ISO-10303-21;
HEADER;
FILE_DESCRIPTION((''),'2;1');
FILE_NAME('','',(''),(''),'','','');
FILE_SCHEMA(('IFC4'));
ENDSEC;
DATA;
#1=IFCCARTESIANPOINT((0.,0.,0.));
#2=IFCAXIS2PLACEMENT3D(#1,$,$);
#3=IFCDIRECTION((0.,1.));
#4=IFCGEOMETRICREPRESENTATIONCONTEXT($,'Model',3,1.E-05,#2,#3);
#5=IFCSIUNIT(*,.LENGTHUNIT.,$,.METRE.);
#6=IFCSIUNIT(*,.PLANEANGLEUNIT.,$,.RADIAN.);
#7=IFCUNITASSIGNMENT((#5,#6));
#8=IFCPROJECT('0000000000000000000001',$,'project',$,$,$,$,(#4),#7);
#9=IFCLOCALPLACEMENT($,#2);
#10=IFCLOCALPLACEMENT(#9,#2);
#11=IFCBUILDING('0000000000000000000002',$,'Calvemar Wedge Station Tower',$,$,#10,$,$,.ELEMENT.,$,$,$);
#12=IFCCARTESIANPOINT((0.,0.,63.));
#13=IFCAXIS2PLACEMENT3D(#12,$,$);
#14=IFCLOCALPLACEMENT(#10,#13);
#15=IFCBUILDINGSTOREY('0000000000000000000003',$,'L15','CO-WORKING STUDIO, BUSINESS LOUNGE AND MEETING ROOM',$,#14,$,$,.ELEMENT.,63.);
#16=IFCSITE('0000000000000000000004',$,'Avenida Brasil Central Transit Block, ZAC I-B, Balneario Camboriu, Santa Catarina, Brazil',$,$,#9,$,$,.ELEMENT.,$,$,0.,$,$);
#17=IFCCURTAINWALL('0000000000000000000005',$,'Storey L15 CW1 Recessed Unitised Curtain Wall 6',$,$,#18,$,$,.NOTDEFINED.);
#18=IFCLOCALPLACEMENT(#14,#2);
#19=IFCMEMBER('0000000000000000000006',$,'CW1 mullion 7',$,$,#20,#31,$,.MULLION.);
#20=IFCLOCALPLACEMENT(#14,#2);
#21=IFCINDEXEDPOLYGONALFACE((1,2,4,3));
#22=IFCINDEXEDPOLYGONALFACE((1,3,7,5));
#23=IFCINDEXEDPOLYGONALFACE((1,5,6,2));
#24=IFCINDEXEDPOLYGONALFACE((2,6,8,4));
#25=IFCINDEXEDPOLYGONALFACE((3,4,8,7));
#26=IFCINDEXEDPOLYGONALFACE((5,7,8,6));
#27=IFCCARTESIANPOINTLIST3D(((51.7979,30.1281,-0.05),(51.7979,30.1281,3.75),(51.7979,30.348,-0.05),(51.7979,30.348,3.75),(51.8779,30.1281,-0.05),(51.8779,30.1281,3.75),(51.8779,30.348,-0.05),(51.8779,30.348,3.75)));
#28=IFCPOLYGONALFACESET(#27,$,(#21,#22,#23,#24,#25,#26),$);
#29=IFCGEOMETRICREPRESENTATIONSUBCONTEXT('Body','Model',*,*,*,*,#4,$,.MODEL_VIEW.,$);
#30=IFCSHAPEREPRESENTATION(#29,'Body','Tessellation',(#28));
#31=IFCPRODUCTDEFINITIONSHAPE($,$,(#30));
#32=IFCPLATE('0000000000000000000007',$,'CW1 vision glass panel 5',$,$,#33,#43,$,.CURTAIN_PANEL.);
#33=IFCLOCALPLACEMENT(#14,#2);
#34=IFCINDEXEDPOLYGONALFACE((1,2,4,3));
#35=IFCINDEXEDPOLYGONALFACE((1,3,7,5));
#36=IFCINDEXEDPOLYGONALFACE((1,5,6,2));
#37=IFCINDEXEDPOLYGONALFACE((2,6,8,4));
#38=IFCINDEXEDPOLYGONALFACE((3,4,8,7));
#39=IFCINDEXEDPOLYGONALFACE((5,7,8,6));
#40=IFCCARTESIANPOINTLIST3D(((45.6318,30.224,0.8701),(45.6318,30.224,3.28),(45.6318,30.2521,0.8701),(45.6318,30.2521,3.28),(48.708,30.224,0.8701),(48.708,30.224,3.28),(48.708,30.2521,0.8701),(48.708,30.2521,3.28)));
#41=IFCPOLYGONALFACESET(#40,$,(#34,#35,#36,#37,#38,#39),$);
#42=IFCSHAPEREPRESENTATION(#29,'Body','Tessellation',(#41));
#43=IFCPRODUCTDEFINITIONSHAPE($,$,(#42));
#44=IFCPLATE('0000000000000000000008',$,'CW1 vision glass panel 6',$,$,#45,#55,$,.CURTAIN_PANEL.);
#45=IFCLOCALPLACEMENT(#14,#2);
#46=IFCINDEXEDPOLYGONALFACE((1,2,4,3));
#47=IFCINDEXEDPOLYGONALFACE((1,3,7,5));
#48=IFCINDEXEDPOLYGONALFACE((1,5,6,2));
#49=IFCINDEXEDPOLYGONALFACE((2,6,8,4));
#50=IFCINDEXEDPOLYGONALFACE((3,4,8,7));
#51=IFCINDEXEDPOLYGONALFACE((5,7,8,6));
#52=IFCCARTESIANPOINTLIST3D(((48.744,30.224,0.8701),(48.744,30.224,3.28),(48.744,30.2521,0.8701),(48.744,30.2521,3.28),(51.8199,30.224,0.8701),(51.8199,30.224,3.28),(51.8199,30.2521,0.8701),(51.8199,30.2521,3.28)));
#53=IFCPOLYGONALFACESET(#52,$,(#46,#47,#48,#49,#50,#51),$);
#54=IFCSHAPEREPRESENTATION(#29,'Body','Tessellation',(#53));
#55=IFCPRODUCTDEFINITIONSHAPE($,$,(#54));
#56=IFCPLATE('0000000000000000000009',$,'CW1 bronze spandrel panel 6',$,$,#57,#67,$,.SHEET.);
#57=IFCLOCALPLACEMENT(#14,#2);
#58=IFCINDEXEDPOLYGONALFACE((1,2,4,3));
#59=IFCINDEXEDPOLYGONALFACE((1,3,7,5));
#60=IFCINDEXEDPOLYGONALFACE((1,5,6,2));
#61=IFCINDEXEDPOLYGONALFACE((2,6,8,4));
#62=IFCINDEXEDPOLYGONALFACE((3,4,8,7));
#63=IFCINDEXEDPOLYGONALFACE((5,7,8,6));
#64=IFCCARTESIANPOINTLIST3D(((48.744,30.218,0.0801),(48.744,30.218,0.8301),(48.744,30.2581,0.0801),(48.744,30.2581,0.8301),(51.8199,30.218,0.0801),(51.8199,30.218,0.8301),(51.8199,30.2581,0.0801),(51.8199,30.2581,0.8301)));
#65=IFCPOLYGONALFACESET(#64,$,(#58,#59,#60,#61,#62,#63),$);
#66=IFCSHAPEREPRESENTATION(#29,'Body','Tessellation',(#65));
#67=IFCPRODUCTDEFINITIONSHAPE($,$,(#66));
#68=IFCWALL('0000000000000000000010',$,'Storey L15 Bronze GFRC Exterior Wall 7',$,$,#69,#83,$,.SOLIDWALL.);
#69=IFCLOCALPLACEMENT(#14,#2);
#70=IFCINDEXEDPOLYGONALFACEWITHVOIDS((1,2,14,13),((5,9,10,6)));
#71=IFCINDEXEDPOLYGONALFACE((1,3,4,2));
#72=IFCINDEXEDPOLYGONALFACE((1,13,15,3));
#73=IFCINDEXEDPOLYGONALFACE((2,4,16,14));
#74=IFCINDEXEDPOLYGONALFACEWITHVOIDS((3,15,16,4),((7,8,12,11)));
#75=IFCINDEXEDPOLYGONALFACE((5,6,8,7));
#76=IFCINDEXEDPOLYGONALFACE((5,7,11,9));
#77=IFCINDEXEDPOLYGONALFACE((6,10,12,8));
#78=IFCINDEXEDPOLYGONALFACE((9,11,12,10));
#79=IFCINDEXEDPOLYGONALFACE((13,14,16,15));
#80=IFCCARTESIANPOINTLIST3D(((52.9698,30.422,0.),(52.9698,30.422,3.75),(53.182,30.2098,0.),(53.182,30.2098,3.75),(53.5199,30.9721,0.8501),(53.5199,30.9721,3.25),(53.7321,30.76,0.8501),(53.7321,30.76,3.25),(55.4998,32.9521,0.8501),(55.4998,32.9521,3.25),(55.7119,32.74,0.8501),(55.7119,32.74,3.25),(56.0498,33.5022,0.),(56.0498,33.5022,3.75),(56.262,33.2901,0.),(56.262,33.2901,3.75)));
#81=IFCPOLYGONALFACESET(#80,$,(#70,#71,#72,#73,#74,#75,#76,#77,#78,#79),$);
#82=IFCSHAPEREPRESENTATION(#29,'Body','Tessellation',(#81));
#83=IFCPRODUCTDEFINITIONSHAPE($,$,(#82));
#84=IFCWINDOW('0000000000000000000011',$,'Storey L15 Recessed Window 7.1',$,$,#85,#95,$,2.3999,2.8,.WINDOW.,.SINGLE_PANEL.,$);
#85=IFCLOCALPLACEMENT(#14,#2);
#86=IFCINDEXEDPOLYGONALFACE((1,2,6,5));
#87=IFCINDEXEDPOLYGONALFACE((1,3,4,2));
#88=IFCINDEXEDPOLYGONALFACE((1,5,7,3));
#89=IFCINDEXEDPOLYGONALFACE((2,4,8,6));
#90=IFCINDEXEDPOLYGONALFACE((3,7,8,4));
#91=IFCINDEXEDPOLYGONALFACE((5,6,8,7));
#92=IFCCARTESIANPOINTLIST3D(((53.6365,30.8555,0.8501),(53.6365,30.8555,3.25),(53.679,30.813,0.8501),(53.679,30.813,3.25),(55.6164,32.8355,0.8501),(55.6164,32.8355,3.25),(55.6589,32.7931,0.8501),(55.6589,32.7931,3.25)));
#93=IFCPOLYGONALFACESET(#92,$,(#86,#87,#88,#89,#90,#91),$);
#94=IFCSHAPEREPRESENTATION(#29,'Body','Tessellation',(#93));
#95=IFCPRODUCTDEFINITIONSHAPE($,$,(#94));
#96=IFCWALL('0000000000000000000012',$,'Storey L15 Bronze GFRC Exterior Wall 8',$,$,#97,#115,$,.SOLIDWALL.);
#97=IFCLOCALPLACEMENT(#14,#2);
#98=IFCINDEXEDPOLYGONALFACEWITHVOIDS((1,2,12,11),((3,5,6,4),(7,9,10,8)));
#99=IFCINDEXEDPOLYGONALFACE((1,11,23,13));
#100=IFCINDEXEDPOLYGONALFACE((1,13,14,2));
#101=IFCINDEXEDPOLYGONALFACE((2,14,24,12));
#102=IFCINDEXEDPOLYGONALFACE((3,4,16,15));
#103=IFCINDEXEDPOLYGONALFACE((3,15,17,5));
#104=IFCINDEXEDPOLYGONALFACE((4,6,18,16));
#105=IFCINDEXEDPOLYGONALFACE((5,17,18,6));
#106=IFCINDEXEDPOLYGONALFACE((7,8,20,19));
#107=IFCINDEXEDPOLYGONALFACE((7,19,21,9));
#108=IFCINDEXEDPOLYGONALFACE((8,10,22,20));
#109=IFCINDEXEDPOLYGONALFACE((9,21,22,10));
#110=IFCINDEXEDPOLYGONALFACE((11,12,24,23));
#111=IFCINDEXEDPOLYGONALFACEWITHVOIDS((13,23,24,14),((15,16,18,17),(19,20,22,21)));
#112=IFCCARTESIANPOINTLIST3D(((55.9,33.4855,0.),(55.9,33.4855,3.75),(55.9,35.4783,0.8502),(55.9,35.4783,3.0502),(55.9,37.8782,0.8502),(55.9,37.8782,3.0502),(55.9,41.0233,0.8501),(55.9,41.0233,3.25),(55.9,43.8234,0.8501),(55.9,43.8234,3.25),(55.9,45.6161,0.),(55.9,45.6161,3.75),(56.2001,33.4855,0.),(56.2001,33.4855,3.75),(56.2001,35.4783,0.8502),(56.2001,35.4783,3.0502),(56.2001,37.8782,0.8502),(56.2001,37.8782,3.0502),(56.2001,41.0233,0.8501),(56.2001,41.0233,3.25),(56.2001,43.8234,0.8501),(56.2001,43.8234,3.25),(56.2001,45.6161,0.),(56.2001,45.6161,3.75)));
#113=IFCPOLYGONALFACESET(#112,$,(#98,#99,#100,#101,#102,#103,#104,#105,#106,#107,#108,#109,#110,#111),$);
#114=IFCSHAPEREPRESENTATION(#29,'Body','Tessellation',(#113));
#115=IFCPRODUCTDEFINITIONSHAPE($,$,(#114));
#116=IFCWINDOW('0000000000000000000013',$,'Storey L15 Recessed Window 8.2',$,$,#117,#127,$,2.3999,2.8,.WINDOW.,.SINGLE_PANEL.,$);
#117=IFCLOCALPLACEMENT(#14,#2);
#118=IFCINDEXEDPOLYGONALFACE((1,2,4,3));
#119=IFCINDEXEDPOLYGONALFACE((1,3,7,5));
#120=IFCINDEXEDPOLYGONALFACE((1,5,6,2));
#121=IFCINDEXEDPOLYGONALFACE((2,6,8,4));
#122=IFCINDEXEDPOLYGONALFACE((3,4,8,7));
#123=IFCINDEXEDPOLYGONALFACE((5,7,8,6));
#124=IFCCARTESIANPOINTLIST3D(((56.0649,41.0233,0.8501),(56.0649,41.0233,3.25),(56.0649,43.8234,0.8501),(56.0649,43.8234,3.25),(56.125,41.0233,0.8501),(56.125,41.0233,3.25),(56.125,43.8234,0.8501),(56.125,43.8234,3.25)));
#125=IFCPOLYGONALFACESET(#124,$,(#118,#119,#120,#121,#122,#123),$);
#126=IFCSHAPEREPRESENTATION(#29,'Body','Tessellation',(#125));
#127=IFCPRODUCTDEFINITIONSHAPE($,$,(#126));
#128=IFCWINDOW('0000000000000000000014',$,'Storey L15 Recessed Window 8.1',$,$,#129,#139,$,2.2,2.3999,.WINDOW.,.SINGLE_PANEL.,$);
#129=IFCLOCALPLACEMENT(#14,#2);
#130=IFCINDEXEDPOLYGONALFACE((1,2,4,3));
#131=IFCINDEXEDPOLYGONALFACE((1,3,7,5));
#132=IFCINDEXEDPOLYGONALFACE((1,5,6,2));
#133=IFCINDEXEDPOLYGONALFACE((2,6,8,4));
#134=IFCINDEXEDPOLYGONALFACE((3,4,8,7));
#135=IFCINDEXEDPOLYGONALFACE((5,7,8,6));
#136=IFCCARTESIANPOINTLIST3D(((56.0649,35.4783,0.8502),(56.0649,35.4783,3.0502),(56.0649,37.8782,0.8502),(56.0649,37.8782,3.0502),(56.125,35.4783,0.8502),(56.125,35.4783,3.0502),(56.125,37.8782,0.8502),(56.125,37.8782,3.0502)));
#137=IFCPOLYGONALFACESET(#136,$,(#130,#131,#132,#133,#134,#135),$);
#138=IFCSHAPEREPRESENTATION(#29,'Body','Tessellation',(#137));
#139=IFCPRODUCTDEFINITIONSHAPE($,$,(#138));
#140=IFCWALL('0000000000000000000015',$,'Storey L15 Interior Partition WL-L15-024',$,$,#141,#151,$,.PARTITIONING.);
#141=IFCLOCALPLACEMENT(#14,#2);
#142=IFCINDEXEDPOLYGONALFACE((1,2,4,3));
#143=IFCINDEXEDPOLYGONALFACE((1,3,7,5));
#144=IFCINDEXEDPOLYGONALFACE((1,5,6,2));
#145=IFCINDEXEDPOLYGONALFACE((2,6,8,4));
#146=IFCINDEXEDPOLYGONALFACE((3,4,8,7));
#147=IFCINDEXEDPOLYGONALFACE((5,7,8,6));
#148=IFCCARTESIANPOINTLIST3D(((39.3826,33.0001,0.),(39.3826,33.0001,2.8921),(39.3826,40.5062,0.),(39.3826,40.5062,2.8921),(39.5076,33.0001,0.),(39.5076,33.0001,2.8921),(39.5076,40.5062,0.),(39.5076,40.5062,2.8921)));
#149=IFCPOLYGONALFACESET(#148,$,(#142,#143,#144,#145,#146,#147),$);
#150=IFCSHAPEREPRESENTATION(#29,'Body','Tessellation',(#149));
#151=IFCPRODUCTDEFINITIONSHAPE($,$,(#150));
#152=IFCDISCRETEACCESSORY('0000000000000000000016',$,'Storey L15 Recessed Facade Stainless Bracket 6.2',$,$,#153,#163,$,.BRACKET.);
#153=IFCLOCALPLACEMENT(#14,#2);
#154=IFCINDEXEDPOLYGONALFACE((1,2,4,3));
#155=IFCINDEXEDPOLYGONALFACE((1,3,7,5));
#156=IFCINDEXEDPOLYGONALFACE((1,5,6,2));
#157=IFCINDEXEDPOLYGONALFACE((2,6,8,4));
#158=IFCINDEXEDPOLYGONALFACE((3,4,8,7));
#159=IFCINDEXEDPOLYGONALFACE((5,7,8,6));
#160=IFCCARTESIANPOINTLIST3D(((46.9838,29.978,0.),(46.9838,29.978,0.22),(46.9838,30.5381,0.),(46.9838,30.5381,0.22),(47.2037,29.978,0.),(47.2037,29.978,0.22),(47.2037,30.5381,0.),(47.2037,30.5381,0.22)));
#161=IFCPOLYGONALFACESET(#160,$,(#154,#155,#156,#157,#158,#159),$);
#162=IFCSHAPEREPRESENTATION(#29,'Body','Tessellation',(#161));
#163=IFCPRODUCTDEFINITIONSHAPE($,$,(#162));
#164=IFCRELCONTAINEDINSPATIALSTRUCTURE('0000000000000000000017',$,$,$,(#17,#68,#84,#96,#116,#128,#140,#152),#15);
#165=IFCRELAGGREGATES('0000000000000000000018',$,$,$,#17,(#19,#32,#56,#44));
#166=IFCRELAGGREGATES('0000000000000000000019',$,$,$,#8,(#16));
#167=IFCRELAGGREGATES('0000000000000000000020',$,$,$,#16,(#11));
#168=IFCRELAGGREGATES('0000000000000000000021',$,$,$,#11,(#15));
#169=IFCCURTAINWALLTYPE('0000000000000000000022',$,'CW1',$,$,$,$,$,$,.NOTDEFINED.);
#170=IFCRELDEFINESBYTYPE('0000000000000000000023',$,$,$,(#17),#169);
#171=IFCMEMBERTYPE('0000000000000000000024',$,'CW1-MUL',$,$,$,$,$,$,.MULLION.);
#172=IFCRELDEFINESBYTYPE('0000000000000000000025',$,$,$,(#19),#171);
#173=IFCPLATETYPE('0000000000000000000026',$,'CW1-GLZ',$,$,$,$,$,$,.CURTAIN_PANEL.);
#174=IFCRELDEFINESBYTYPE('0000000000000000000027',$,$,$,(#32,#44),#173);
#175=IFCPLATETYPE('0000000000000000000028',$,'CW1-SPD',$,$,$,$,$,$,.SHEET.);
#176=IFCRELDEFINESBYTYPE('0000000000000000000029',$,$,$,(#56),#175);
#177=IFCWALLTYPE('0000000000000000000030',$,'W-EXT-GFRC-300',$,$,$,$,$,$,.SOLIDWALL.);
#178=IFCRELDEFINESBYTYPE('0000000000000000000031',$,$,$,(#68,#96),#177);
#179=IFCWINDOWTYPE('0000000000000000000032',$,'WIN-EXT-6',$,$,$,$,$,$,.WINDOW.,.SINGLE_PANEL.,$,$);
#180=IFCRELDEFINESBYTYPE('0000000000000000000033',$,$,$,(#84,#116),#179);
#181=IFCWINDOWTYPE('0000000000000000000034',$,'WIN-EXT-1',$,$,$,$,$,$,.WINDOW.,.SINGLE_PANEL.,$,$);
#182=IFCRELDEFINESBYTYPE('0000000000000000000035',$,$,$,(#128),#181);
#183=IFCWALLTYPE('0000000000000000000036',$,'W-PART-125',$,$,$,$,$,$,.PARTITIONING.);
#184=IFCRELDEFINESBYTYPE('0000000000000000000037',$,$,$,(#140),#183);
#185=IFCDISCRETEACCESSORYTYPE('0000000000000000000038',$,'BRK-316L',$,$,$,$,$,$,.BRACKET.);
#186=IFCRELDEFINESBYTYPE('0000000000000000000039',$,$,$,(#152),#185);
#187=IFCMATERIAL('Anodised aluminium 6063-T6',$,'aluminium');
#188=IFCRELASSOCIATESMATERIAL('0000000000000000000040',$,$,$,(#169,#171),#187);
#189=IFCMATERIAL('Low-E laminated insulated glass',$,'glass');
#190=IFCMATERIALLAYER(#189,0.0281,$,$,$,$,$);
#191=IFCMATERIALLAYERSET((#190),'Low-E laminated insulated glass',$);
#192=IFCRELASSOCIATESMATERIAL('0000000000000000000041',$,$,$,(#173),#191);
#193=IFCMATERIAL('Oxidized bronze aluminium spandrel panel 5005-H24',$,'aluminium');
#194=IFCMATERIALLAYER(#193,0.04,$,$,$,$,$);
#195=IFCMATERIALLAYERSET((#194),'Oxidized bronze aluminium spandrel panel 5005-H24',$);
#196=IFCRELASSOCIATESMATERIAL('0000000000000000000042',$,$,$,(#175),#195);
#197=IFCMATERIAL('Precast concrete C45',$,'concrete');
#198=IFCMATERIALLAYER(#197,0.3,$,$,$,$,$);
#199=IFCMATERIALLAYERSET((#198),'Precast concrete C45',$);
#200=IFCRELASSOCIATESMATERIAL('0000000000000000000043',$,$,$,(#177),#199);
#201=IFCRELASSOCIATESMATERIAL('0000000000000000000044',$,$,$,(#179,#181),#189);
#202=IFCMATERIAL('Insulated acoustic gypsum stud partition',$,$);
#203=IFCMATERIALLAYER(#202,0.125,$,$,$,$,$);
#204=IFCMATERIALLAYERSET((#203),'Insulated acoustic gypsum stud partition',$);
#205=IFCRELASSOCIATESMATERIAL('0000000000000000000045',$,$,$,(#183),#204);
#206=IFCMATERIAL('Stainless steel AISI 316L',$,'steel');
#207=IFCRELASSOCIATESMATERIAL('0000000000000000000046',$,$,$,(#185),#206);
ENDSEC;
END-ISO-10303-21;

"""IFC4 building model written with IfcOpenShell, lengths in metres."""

from ifc_helpers import new_model, si_unit, direction, frame, frame_2d, origin, origin_2d, place, context, subcontext, project, spatial, rectangle, extrude, source, transform, mapped, material, layer, layer_set, material_profile, profile_set, type_object, element, fill, aggregate, save


model = new_model("IFC4")

# Units and contexts
model_context = context("Model", 3, precision=1e-05, world=origin(), true_north=direction((0.0, 1.0)))
body_context = subcontext(model_context, "Body", "Model", "MODEL_VIEW")
ifc_project = project(units=[si_unit("LENGTHUNIT", "METRE"), si_unit("PLANEANGLEUNIT", "RADIAN")], contexts=[model_context])

# Site, building, storey
site_placement = place(None, origin())
site = spatial("IfcSite", under=ifc_project, at=site_placement, Name="Avenida Brasil Central Transit Block, ZAC I-B, Balneario Camboriu, Santa Catarina, Brazil", CompositionType="ELEMENT", RefElevation=0.0)
building_placement = place(site_placement, origin())
building = spatial("IfcBuilding", under=site, at=building_placement, Name="Calvemar Wedge Station Tower", CompositionType="ELEMENT")
storey_placement = place(building_placement, frame((0.0, 0.0, 63.0)))
storey = spatial("IfcBuildingStorey", under=building, at=storey_placement, Name="L15", Description="CO-WORKING STUDIO, BUSINESS LOUNGE AND MEETING ROOM", CompositionType="ELEMENT", Elevation=63.0)

# Curtain wall, member, plates
ifc_material_1 = material(Name="Anodised aluminium 6063-T6", Category="aluminium")
curtain_wall_type = type_object("IfcCurtainWallType", Name="CW1", PredefinedType="NOTDEFINED", material=ifc_material_1)
curtain_wall_placement = place(storey_placement, origin())
curtain_wall = element("IfcCurtainWall", 1, at=curtain_wall_placement, inside=storey, type_object=curtain_wall_type, Name="Storey L15 CW1 Recessed Unitised Curtain Wall 6", PredefinedType="NOTDEFINED")
ifc_material_profile_1 = material_profile(ifc_material_1, rectangle(XDim=0.0801, YDim=0.22, at=origin_2d()), Name="AL-MUL-80x220")
ifc_profile_set_1 = profile_set([ifc_material_profile_1], Name="Anodised aluminium 6063-T6")
member_type = type_object("IfcMemberType", Name="CW1-MUL", PredefinedType="MULLION", material=ifc_profile_set_1)
shared_shape_1 = source(origin(), body_context, "Body", "SweptSolid", [
    extrude(rectangle(XDim=0.0801, YDim=0.22, at=origin_2d()), origin(), (0.0, 0.0, 1.0), 3.8),
])
member_1_placement = place(storey_placement, frame((51.8379, 30.238, -0.05), z_axis=(0.0, 0.0, 1.0), x_axis=(1.0, 0.0, 0.0)))
member_1 = element("IfcMember", 2, at=member_1_placement, type_object=member_type, Name="CW1 mullion 7", PredefinedType="MULLION", context=body_context, shape_type="MappedRepresentation", body=[
    mapped(shared_shape_1, transform((0.0, 0.0, 0.0), scale=1.0)),
])
ifc_material_2 = material(Name="Low-E laminated insulated glass", Category="glass")
ifc_layer_1 = layer(ifc_material_2, 0.0281)
ifc_layer_set_1 = layer_set([ifc_layer_1], Name="Low-E laminated insulated glass")
plate_type_1 = type_object("IfcPlateType", Name="CW1-GLZ", PredefinedType="CURTAIN_PANEL", material=ifc_layer_set_1)
plate_1_placement = place(storey_placement, frame((45.6318, 30.238, 0.8701), z_axis=(0.0, 0.0, 1.0), x_axis=(1.0, 0.0, 0.0)))
plate_1 = element("IfcPlate", 3, at=plate_1_placement, type_object=plate_type_1, Name="CW1 vision glass panel 5", PredefinedType="CURTAIN_PANEL", context=body_context, shape_type="SweptSolid", body=[
    extrude(rectangle(XDim=3.0762, YDim=0.0281, at=frame_2d((1.5381, 0.0))), origin(), (0.0, 0.0, 1.0), 2.4099),
])
plate_2_placement = place(storey_placement, frame((48.7439, 30.238, 0.8701), z_axis=(0.0, 0.0, 1.0), x_axis=(1.0, 0.0, 0.0)))
plate_2 = element("IfcPlate", 4, at=plate_2_placement, type_object=plate_type_1, Name="CW1 vision glass panel 6", PredefinedType="CURTAIN_PANEL", context=body_context, shape_type="SweptSolid", body=[
    extrude(rectangle(XDim=3.0759, YDim=0.0281, at=frame_2d((1.5381, 0.0))), origin(), (0.0, 0.0, 1.0), 2.4099),
])
ifc_material_3 = material(Name="Oxidized bronze aluminium spandrel panel 5005-H24", Category="aluminium")
ifc_layer_2 = layer(ifc_material_3, 0.04)
ifc_layer_set_2 = layer_set([ifc_layer_2], Name="Oxidized bronze aluminium spandrel panel 5005-H24")
plate_type_2 = type_object("IfcPlateType", Name="CW1-SPD", PredefinedType="SHEET", material=ifc_layer_set_2)
plate_3_placement = place(storey_placement, frame((48.7439, 30.238, 0.0801), z_axis=(0.0, 0.0, 1.0), x_axis=(1.0, 0.0, 0.0)))
plate_3 = element("IfcPlate", 5, at=plate_3_placement, type_object=plate_type_2, Name="CW1 bronze spandrel panel 6", PredefinedType="SHEET", context=body_context, shape_type="SweptSolid", body=[
    extrude(rectangle(XDim=3.0759, YDim=0.04, at=frame_2d((1.5381, 0.0))), origin(), (0.0, 0.0, 1.0), 0.75),
])
aggregate(curtain_wall, [member_1, plate_1, plate_3, plate_2])

# Wall, opening, window
ifc_material_4 = material(Name="Precast concrete C45", Category="concrete")
ifc_layer_3 = layer(ifc_material_4, 0.3)
ifc_layer_set_3 = layer_set([ifc_layer_3], Name="Precast concrete C45")
wall_type_1 = type_object("IfcWallType", Name="W-EXT-GFRC-300", PredefinedType="SOLIDWALL", material=ifc_layer_set_3)
wall_1_placement = place(storey_placement, frame((53.0759, 30.3159, 0.0), z_axis=(0.0, 0.0, 1.0), x_axis=(0.707079, 0.707135, 0.0)))
wall_1 = element("IfcWall", 6, at=wall_1_placement, inside=storey, type_object=wall_type_1, Name="Storey L15 Bronze GFRC Exterior Wall 7", PredefinedType="SOLIDWALL", context=body_context, shape_type="SweptSolid", body=[
    extrude(rectangle(XDim=4.356, YDim=0.3, at=frame_2d((2.178, 0.0))), origin(), (0.0, 0.0, 1.0), 3.75),
])
shared_shape_2 = source(origin(), body_context, "Body", "SweptSolid", [
    extrude(rectangle(XDim=2.8, YDim=2.3999, at=frame_2d((1.3999, 1.2))), frame((0.0, 0.1602, 0.0), z_axis=(0.0, -1.0, 0.0), x_axis=(1.0, 0.0, 0.0)), (0.0, 0.0, 1.0), 0.3201),
])
opening_1_placement = place(wall_1_placement, frame((0.7781, 0.0, 0.8501)))
opening_1 = element("IfcOpeningElement", 7, at=opening_1_placement, cuts=wall_1, PredefinedType="OPENING", context=body_context, shape_type="MappedRepresentation", body=[
    mapped(shared_shape_2, transform((0.0, 0.0, 0.0), scale=1.0)),
])
window_type_1 = type_object("IfcWindowType", Name="WIN-EXT-6", PartitioningType="SINGLE_PANEL", PredefinedType="WINDOW", material=ifc_material_2)
shared_shape_3 = source(origin(), body_context, "Body", "SweptSolid", [
    extrude(rectangle(XDim=2.8, YDim=2.3999, at=frame_2d((1.3999, 1.2))), frame((0.0, -0.0149, 0.0), z_axis=(0.0, -1.0, 0.0), x_axis=(1.0, 0.0, 0.0)), (0.0, 0.0, 1.0), 0.0601),
])
window_1_placement = place(opening_1_placement, origin())
window_1 = element("IfcWindow", 8, at=window_1_placement, inside=storey, type_object=window_type_1, Name="Storey L15 Recessed Window 7.1", OverallHeight=2.3999, OverallWidth=2.8, PartitioningType="SINGLE_PANEL", PredefinedType="WINDOW", context=body_context, shape_type="MappedRepresentation", body=[
    mapped(shared_shape_3, transform((0.0, 0.0, 0.0), scale=1.0)),
])
fill(opening_1, window_1)

# Wall, openings, windows
wall_2_placement = place(storey_placement, frame((56.05, 33.4854, 0.0), z_axis=(0.0, 0.0, 1.0), x_axis=(0.0, 1.0, 0.0)))
wall_2 = element("IfcWall", 9, at=wall_2_placement, inside=storey, type_object=wall_type_1, Name="Storey L15 Bronze GFRC Exterior Wall 8", PredefinedType="SOLIDWALL", context=body_context, shape_type="SweptSolid", body=[
    extrude(rectangle(XDim=12.1306, YDim=0.3, at=frame_2d((6.0654, 0.0))), origin(), (0.0, 0.0, 1.0), 3.75),
])
shared_shape_4 = source(origin(), body_context, "Body", "SweptSolid", [
    extrude(rectangle(XDim=2.3999, YDim=2.2, at=frame_2d((1.2, 1.1001))), frame((0.0, 0.1602, 0.0), z_axis=(0.0, -1.0, 0.0), x_axis=(1.0, 0.0, 0.0)), (0.0, 0.0, 1.0), 0.3201),
])
opening_2_placement = place(wall_2_placement, frame((1.9929, 0.0, 0.8501)))
opening_2 = element("IfcOpeningElement", 10, at=opening_2_placement, cuts=wall_2, PredefinedType="OPENING", context=body_context, shape_type="MappedRepresentation", body=[
    mapped(shared_shape_4, transform((0.0, 0.0, 0.0), scale=1.0)),
])
opening_3_placement = place(wall_2_placement, frame((7.5381, 0.0, 0.8501)))
opening_3 = element("IfcOpeningElement", 11, at=opening_3_placement, cuts=wall_2, PredefinedType="OPENING", context=body_context, shape_type="MappedRepresentation", body=[
    mapped(shared_shape_2, transform((0.0, 0.0, 0.0), scale=1.0)),
])
window_2_placement = place(opening_3_placement, origin())
window_2 = element("IfcWindow", 12, at=window_2_placement, inside=storey, type_object=window_type_1, Name="Storey L15 Recessed Window 8.2", OverallHeight=2.3999, OverallWidth=2.8, PartitioningType="SINGLE_PANEL", PredefinedType="WINDOW", context=body_context, shape_type="MappedRepresentation", body=[
    mapped(shared_shape_3, transform((0.0, 0.0, 0.0), scale=1.0)),
])
fill(opening_3, window_2)
window_type_2 = type_object("IfcWindowType", Name="WIN-EXT-1", PartitioningType="SINGLE_PANEL", PredefinedType="WINDOW", material=ifc_material_2)
shared_shape_5 = source(origin(), body_context, "Body", "SweptSolid", [
    extrude(rectangle(XDim=2.3999, YDim=2.2, at=frame_2d((1.2, 1.1001))), frame((0.0, -0.0149, 0.0), z_axis=(0.0, -1.0, 0.0), x_axis=(1.0, 0.0, 0.0)), (0.0, 0.0, 1.0), 0.0601),
])
window_3_placement = place(opening_2_placement, origin())
window_3 = element("IfcWindow", 13, at=window_3_placement, inside=storey, type_object=window_type_2, Name="Storey L15 Recessed Window 8.1", OverallHeight=2.2, OverallWidth=2.3999, PartitioningType="SINGLE_PANEL", PredefinedType="WINDOW", context=body_context, shape_type="MappedRepresentation", body=[
    mapped(shared_shape_5, transform((0.0, 0.0, 0.0), scale=1.0)),
])
fill(opening_2, window_3)

# Wall
ifc_material_5 = material(Name="Insulated acoustic gypsum stud partition")
ifc_layer_4 = layer(ifc_material_5, 0.125)
ifc_layer_set_4 = layer_set([ifc_layer_4], Name="Insulated acoustic gypsum stud partition")
wall_type_2 = type_object("IfcWallType", Name="W-PART-125", PredefinedType="PARTITIONING", material=ifc_layer_set_4)
wall_3_placement = place(storey_placement, frame((39.4451, 40.5061, 0.0), z_axis=(0.0, 0.0, 1.0), x_axis=(0.0, -1.0, 0.0)))
element("IfcWall", 14, at=wall_3_placement, inside=storey, type_object=wall_type_2, Name="Storey L15 Interior Partition WL-L15-024", PredefinedType="PARTITIONING", context=body_context, shape_type="SweptSolid", body=[
    extrude(rectangle(XDim=7.5061, YDim=0.125, at=frame_2d((3.7529, 0.0))), origin(), (0.0, 0.0, 1.0), 2.8921),
])

# Discrete accessory
ifc_material_6 = material(Name="Stainless steel AISI 316L", Category="steel")
discrete_accessory_type = type_object("IfcDiscreteAccessoryType", Name="BRK-316L", PredefinedType="BRACKET", material=ifc_material_6)
shared_shape_6 = source(origin(), body_context, "Body", "SweptSolid", [
    extrude(rectangle(XDim=0.22, YDim=0.5601, at=origin_2d()), origin(), (0.0, 0.0, 1.0), 0.22),
])
discrete_accessory_placement = place(storey_placement, frame((47.0938, 30.2581, 0.0), z_axis=(0.0, 0.0, 1.0), x_axis=(1.0, 0.0, 0.0)))
element("IfcDiscreteAccessory", 15, at=discrete_accessory_placement, inside=storey, type_object=discrete_accessory_type, Name="Storey L15 Recessed Facade Stainless Bracket 6.2", PredefinedType="BRACKET", context=body_context, shape_type="MappedRepresentation", body=[
    mapped(shared_shape_6, transform((0.0, 0.0, 0.0), scale=1.0)),
])

save(model, "model.ifc")
